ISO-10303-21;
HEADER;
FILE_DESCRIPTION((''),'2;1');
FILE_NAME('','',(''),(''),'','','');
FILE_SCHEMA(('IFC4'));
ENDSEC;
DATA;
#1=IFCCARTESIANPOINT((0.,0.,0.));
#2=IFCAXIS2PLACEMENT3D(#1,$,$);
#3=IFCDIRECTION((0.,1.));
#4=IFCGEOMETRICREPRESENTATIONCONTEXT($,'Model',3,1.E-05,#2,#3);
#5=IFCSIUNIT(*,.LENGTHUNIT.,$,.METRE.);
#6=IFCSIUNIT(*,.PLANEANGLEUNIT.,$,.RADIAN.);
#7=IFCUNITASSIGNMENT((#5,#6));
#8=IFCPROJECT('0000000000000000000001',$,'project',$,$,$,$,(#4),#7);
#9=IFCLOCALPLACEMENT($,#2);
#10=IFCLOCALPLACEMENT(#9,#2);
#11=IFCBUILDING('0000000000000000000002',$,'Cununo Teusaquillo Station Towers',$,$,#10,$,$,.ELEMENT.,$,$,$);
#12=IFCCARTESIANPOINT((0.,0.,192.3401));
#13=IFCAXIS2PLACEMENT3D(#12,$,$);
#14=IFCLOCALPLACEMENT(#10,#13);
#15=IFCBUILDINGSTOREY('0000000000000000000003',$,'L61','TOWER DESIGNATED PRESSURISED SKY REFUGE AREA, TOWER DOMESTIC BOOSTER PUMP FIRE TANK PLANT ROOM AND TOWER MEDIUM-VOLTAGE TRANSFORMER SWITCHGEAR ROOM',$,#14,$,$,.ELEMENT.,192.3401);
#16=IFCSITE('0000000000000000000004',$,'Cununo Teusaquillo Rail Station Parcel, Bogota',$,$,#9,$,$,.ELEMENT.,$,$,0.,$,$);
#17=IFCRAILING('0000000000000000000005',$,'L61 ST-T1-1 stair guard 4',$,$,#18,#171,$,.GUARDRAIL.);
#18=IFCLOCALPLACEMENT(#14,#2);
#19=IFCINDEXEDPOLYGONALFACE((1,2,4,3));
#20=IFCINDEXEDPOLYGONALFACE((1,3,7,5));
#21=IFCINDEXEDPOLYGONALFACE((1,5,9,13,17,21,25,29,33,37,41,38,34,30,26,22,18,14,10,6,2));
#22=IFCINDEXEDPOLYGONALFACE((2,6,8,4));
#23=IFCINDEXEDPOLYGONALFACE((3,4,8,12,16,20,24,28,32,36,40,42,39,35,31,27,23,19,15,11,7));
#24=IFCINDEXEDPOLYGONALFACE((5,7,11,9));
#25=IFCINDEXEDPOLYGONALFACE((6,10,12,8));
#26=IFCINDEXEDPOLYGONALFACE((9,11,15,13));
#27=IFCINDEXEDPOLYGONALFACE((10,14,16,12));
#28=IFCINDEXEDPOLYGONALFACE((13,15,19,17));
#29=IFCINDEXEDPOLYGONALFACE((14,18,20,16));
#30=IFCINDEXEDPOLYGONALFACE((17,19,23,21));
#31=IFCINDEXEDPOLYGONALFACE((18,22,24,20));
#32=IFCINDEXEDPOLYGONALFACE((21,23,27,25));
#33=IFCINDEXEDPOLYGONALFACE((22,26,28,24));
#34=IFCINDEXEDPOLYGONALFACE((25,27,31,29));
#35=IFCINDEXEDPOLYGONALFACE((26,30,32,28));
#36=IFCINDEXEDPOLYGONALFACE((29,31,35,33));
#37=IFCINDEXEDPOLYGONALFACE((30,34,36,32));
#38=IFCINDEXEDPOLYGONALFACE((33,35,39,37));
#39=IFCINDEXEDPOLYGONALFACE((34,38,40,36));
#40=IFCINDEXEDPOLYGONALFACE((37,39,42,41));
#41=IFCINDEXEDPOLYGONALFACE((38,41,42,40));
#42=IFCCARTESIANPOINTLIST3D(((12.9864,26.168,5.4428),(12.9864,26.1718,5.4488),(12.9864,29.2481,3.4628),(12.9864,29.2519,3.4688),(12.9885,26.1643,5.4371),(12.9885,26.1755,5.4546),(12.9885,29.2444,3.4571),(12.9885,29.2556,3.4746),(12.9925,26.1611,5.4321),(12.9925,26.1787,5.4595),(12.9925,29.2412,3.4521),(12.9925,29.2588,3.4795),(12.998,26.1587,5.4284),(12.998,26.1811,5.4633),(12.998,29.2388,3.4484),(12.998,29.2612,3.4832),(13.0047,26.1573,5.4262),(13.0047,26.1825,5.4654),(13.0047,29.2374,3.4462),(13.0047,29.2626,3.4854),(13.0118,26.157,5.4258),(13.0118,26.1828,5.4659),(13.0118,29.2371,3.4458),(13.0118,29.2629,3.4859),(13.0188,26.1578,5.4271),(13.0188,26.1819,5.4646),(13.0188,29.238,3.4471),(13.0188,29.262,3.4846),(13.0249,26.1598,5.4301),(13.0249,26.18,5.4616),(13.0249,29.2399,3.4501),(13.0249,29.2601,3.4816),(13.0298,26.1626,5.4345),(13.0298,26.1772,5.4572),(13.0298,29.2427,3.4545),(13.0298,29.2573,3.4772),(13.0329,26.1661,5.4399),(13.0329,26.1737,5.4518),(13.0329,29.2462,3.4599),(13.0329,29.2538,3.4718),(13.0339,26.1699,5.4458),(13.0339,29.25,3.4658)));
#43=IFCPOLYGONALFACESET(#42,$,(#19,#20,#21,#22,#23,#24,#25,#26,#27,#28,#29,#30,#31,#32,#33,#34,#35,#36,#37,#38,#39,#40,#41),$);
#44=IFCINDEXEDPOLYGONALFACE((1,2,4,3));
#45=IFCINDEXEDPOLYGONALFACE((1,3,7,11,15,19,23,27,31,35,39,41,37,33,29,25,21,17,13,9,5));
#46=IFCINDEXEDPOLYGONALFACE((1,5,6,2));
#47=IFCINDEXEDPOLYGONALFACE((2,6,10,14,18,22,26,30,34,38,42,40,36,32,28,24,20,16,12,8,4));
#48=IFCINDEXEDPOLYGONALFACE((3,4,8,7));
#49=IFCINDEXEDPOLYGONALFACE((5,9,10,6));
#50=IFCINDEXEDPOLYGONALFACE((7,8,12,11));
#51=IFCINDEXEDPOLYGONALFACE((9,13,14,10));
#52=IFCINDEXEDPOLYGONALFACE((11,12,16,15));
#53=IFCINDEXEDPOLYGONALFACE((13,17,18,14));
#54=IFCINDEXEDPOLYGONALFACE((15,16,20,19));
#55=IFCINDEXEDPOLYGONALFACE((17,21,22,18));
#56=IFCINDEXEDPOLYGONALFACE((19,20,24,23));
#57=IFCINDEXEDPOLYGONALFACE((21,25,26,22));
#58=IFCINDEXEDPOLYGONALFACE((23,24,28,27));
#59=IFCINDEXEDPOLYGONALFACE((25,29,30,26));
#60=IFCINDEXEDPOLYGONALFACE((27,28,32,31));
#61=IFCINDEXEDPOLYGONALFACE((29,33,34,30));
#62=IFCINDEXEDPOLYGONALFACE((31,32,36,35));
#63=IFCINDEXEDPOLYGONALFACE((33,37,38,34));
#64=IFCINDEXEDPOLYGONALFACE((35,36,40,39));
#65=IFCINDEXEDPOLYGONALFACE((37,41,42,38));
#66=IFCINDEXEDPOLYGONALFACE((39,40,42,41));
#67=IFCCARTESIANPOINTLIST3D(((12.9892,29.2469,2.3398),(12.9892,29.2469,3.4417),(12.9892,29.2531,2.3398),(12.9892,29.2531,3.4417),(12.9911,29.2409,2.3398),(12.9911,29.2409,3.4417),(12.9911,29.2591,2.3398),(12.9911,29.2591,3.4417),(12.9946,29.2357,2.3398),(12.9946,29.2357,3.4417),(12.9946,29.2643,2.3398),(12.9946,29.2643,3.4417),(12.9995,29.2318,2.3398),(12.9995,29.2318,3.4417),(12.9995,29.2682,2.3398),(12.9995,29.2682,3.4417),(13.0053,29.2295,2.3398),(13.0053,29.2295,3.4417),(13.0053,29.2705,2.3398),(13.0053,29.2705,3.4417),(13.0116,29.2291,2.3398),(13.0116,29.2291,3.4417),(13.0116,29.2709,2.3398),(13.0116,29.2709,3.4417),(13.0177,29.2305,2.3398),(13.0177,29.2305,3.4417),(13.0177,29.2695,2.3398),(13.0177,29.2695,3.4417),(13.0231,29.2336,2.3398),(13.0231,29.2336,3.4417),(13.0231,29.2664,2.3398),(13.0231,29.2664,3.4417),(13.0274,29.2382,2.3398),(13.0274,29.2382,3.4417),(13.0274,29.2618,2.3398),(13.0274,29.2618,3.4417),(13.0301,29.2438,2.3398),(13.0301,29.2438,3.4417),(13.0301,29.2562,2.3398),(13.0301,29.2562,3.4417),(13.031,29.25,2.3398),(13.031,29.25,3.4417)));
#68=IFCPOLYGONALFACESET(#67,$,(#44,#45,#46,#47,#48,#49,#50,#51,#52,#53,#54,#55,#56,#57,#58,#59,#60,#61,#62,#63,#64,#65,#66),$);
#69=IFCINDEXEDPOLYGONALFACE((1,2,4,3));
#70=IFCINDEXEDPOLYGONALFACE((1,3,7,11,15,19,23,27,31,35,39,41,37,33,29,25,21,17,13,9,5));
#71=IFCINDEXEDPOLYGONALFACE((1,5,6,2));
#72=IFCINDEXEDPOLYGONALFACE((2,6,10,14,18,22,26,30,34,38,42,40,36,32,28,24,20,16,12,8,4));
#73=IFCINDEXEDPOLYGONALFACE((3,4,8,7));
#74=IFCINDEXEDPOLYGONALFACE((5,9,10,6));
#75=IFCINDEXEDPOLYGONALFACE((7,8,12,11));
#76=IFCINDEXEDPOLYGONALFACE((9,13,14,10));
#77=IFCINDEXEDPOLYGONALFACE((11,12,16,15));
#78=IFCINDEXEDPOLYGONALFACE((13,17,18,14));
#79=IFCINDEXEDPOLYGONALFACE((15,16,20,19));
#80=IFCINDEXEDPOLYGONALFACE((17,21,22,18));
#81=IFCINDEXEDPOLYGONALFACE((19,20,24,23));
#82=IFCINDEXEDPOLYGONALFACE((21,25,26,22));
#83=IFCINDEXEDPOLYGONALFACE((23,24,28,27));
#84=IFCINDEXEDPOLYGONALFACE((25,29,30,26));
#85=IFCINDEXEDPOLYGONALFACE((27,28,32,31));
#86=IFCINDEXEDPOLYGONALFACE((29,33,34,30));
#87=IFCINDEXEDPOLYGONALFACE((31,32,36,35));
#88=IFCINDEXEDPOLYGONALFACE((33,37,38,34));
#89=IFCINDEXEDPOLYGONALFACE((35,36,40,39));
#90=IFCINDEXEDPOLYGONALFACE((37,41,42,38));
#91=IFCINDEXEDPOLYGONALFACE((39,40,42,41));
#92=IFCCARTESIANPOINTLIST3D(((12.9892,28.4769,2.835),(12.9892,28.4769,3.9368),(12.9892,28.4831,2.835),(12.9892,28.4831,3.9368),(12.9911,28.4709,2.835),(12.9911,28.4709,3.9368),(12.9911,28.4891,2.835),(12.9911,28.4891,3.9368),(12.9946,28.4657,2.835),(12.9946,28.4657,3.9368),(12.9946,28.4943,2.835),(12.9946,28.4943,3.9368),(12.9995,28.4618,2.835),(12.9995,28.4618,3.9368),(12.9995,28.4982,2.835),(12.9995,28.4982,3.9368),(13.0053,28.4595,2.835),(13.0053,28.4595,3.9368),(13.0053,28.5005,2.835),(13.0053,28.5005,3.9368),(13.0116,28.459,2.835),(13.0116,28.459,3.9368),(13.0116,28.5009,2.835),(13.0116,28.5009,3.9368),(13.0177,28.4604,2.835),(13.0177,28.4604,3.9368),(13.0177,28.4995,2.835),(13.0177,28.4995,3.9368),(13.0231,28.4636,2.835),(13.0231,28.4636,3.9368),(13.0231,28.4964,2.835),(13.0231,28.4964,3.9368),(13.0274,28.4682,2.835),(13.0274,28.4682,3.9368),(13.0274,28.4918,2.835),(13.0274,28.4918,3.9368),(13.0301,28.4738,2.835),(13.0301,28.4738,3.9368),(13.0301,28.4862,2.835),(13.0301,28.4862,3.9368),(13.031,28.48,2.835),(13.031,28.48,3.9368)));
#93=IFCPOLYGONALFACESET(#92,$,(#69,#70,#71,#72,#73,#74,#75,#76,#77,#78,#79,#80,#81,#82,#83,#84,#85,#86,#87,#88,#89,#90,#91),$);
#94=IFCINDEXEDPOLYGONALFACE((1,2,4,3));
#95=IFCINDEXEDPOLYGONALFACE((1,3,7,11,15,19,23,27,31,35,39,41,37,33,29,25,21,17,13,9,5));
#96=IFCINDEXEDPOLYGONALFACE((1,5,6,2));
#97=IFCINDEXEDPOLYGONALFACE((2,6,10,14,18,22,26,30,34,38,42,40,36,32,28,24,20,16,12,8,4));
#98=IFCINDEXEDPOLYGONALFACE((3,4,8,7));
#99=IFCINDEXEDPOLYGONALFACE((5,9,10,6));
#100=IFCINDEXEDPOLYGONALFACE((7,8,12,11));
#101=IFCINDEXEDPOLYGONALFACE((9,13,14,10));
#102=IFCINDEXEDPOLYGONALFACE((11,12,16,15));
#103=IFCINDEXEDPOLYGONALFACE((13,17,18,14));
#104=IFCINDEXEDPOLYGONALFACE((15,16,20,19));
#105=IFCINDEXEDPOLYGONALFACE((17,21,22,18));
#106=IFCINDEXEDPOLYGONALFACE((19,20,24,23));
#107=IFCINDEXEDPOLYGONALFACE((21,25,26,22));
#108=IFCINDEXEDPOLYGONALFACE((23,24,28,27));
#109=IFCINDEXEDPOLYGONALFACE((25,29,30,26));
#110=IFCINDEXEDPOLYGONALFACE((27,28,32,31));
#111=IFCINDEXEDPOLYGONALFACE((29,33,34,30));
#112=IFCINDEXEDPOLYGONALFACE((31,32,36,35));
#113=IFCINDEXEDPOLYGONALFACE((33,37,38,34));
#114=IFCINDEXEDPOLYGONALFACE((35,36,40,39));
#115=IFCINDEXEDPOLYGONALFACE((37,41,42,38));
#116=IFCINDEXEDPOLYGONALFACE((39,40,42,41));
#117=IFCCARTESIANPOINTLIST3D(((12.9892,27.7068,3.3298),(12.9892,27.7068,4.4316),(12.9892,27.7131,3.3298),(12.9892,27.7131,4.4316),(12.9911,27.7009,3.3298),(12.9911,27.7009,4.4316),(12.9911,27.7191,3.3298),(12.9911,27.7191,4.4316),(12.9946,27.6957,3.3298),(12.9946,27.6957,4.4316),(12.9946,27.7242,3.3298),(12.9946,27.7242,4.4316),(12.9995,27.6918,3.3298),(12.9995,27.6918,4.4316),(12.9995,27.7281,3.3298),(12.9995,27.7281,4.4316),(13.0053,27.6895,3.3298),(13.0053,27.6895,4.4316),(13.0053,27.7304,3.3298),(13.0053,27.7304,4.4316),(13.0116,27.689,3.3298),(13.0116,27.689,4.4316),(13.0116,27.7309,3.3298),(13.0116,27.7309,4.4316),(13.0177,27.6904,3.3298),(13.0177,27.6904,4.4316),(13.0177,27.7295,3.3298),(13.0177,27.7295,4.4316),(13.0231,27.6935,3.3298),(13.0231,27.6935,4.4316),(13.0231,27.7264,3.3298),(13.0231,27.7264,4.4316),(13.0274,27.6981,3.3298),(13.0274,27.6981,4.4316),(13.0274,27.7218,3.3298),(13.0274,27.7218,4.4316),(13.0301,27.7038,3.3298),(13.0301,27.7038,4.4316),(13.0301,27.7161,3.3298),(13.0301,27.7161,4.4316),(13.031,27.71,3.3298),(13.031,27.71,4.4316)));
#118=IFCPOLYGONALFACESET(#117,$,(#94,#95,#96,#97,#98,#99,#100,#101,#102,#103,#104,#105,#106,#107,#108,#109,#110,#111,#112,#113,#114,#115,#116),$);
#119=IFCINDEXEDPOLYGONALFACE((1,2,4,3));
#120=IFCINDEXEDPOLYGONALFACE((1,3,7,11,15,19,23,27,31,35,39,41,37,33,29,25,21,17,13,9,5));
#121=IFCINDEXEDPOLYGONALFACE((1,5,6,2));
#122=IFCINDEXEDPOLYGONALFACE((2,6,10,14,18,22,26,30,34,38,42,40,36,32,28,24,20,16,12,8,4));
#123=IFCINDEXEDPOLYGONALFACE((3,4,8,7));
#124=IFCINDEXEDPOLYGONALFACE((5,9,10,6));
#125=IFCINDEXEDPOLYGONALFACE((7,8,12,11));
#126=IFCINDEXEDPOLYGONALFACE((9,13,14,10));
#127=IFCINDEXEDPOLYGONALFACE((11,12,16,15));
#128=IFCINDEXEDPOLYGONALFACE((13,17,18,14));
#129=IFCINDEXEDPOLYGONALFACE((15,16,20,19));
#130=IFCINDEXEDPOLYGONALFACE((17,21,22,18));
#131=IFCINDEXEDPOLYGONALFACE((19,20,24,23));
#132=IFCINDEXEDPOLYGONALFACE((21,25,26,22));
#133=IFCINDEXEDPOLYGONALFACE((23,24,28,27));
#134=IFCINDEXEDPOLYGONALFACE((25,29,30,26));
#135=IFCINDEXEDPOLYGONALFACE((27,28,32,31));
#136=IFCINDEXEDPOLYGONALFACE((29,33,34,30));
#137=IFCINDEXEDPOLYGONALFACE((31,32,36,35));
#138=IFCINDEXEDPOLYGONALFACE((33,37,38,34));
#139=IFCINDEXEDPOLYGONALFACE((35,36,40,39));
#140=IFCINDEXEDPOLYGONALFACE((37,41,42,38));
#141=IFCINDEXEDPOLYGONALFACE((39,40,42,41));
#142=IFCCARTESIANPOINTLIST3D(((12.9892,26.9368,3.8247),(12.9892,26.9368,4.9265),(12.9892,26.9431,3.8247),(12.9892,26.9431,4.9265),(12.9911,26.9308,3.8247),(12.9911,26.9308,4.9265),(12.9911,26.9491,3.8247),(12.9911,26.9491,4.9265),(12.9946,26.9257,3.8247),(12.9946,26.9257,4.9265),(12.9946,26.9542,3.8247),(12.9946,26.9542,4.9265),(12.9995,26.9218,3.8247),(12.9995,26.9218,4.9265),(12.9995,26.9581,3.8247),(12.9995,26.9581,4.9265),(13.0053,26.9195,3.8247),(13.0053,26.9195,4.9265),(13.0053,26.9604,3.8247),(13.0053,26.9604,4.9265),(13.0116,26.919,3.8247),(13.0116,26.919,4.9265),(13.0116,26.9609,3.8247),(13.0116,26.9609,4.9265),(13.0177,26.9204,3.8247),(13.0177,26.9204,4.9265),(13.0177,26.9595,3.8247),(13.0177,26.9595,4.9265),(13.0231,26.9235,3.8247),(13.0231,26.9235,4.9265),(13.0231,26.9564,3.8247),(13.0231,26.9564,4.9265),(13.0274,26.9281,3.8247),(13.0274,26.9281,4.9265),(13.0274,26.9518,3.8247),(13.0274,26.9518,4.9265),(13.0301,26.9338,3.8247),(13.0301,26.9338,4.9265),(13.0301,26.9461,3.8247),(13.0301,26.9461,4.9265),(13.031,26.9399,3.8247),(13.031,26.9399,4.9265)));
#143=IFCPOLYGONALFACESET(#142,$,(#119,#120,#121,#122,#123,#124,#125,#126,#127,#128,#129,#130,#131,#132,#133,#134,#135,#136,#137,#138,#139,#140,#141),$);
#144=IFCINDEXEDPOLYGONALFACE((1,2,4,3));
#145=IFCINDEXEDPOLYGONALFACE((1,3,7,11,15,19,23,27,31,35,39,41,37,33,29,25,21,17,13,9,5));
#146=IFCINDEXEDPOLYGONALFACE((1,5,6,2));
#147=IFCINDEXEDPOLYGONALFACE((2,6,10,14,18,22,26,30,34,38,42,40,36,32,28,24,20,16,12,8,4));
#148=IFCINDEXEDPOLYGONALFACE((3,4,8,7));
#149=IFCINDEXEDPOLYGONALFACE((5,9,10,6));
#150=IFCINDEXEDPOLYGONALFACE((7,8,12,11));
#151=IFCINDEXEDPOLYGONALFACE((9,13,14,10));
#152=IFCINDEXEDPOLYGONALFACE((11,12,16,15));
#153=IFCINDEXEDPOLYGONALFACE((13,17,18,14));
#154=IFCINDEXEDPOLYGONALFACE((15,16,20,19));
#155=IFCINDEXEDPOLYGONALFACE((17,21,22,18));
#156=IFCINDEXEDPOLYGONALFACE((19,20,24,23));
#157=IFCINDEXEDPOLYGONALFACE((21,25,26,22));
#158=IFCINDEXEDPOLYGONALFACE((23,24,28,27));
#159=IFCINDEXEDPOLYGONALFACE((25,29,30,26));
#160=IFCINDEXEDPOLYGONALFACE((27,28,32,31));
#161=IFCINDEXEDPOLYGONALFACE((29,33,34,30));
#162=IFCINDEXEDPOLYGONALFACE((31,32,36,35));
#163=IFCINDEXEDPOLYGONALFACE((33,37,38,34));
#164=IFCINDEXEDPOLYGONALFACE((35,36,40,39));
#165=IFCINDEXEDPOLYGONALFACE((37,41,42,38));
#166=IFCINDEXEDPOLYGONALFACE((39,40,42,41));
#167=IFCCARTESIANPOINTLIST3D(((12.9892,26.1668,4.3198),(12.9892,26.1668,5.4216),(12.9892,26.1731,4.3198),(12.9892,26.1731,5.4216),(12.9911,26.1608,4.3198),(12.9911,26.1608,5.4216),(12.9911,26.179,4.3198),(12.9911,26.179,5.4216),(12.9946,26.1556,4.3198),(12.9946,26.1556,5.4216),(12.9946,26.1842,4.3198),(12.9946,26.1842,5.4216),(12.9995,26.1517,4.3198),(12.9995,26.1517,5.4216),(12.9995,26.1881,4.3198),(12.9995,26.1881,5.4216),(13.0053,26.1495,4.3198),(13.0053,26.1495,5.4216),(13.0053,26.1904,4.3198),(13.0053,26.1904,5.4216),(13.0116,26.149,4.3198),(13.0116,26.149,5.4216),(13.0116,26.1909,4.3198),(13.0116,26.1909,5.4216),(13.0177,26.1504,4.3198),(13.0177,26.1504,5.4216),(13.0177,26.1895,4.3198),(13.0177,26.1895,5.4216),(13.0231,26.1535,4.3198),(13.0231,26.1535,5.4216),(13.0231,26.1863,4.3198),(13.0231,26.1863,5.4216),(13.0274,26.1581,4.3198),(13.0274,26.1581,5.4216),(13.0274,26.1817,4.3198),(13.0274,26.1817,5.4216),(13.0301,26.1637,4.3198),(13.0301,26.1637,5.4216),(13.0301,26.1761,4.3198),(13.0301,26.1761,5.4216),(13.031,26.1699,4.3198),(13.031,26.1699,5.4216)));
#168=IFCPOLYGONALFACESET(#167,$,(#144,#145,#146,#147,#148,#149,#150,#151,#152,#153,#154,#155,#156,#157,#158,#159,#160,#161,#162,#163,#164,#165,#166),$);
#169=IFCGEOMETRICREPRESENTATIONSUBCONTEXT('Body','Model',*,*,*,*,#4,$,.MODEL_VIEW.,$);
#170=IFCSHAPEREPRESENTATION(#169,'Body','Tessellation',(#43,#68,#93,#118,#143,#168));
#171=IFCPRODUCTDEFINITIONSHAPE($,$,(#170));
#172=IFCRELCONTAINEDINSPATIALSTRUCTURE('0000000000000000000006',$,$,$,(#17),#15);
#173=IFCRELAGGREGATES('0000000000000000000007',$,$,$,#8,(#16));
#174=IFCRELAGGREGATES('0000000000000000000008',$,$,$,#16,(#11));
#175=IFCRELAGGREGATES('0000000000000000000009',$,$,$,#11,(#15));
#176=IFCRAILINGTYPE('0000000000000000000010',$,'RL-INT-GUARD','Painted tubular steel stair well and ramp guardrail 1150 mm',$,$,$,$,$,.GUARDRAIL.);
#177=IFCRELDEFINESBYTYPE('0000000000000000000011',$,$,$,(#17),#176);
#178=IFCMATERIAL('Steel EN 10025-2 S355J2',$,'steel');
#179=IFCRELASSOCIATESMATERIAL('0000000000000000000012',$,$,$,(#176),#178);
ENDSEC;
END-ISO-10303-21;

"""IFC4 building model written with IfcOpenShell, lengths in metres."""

from ifc_helpers import new_model, si_unit, direction, frame, origin, origin_2d, place, context, subcontext, project, spatial, circle, extrude, material, type_object, element, save


model = new_model("IFC4")

# Units and contexts
model_context = context("Model", 3, precision=1e-05, world=origin(), true_north=direction((0.0, 1.0)))
body_context = subcontext(model_context, "Body", "Model", "MODEL_VIEW")
ifc_project = project(units=[si_unit("LENGTHUNIT", "METRE"), si_unit("PLANEANGLEUNIT", "RADIAN")], contexts=[model_context])

# Site, building, storey
site_placement = place(None, origin())
site = spatial("IfcSite", under=ifc_project, at=site_placement, Name="Cununo Teusaquillo Rail Station Parcel, Bogota", CompositionType="ELEMENT", RefElevation=0.0)
building_placement = place(site_placement, origin())
building = spatial("IfcBuilding", under=site, at=building_placement, Name="Cununo Teusaquillo Station Towers", CompositionType="ELEMENT")
storey_placement = place(building_placement, frame((0.0, 0.0, 192.3401)))
storey = spatial("IfcBuildingStorey", under=building, at=storey_placement, Name="L61", Description="TOWER DESIGNATED PRESSURISED SKY REFUGE AREA, TOWER DOMESTIC BOOSTER PUMP FIRE TANK PLANT ROOM AND TOWER MEDIUM-VOLTAGE TRANSFORMER SWITCHGEAR ROOM", CompositionType="ELEMENT", Elevation=192.3401)

# Railing
ifc_material_1 = material(Name="Steel EN 10025-2 S355J2", Category="steel")
railing_type_1 = type_object("IfcRailingType", Name="RL-INT-GUARD", Description="Painted tubular steel stair well and ramp guardrail 1150 mm", PredefinedType="GUARDRAIL", material=ifc_material_1)
railing_1_placement = place(storey_placement, frame((13.01, 29.25, 2.3398)))
element("IfcRailing", 1, at=railing_1_placement, inside=storey, type_object=railing_type_1, Name="L61 ST-T1-1 stair guard 4", PredefinedType="GUARDRAIL", context=body_context, shape_type="SweptSolid", body=[
    extrude(circle(Radius=0.0239, at=origin_2d()), frame((0.0, 0.0, 1.126), z_axis=(0.0, -0.841187, 0.540744), x_axis=(1.0, 0.0, 0.0)), (0.0, 0.0, 1.0), 3.6616),
    extrude(circle(Radius=0.021, at=origin_2d()), origin(), (0.0, 0.0, 1.0), 1.1018),
    extrude(circle(Radius=0.021, at=origin_2d()), frame((0.0, -0.77, 0.4951)), (0.0, 0.0, 1.0), 1.1018),
    extrude(circle(Radius=0.021, at=origin_2d()), frame((0.0, -1.54, 0.99)), (0.0, 0.0, 1.0), 1.1018),
    extrude(circle(Radius=0.021, at=origin_2d()), frame((0.0, -2.3101, 1.4849)), (0.0, 0.0, 1.0), 1.1018),
    extrude(circle(Radius=0.021, at=origin_2d()), frame((0.0, -3.0801, 1.98)), (0.0, 0.0, 1.0), 1.1018),
])

save(model, "model.ifc")
